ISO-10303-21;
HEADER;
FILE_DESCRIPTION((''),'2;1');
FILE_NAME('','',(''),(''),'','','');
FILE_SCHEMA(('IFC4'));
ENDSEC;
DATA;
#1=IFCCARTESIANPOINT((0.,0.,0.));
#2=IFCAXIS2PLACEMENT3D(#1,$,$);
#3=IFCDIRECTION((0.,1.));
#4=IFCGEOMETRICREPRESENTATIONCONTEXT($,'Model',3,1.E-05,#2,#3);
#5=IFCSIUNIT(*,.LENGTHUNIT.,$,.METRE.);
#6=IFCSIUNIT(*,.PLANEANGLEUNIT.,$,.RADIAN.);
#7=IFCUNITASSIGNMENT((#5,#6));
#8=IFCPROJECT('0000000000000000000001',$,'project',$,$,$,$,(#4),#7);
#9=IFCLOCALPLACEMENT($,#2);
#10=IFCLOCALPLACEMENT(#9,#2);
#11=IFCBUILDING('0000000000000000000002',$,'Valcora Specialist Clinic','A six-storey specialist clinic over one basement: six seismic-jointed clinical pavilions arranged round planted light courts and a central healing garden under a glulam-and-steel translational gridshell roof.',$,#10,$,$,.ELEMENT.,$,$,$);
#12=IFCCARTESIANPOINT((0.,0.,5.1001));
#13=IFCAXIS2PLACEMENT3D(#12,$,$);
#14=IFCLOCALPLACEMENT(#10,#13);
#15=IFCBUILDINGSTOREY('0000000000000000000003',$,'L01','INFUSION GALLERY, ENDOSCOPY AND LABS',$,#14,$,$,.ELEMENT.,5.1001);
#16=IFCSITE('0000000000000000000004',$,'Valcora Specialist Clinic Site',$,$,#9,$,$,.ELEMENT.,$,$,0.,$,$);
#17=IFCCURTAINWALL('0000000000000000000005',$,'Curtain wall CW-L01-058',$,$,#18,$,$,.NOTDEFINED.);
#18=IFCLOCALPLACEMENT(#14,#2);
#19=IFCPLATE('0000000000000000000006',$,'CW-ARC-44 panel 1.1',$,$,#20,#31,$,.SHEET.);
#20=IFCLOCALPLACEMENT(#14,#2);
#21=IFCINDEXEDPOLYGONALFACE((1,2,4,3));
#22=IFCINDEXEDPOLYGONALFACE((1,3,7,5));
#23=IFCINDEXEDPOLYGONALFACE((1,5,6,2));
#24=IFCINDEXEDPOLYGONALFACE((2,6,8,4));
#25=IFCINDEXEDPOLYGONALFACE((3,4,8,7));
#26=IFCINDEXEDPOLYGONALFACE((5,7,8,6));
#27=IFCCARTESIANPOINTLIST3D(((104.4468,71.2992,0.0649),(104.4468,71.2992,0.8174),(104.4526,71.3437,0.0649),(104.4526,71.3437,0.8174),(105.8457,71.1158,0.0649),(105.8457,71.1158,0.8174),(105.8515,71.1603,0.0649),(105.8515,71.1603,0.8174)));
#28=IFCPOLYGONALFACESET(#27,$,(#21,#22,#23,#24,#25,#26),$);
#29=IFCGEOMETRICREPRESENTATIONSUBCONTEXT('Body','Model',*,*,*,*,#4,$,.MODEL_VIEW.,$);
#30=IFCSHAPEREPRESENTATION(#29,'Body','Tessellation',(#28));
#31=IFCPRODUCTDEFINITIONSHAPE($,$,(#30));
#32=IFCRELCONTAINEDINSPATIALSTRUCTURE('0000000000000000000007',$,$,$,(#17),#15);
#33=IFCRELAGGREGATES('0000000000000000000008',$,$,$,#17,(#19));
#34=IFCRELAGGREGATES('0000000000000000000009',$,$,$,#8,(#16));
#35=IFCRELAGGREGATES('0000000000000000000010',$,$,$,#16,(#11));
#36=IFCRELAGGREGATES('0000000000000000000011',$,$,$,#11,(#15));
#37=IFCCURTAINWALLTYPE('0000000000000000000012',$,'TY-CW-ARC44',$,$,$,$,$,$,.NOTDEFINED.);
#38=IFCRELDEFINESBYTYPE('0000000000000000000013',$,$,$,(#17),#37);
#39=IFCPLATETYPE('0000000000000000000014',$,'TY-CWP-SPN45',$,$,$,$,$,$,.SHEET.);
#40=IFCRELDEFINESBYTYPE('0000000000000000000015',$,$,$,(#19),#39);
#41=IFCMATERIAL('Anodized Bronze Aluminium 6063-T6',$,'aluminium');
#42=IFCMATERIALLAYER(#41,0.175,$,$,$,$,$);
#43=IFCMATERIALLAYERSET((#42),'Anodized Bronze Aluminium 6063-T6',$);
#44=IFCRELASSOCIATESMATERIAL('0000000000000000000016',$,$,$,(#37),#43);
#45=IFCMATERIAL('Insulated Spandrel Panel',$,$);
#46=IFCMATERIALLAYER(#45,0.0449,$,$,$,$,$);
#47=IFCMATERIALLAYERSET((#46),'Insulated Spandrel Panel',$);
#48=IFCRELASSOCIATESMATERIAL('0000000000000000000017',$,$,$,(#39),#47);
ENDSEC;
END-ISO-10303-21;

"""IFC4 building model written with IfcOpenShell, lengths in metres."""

from ifc_helpers import new_model, si_unit, direction, frame, origin, origin_2d, place, context, subcontext, project, spatial, rectangle, extrude, material, layer, layer_set, type_object, element, aggregate, save


model = new_model("IFC4")

# Units and contexts
model_context = context("Model", 3, precision=1e-05, world=origin(), true_north=direction((0.0, 1.0)))
body_context = subcontext(model_context, "Body", "Model", "MODEL_VIEW")
ifc_project = project(units=[si_unit("LENGTHUNIT", "METRE"), si_unit("PLANEANGLEUNIT", "RADIAN")], contexts=[model_context])

# Site, building, storey
site_placement = place(None, origin())
site = spatial("IfcSite", under=ifc_project, at=site_placement, Name="Valcora Specialist Clinic Site", CompositionType="ELEMENT", RefElevation=0.0)
building_placement = place(site_placement, origin())
building = spatial("IfcBuilding", under=site, at=building_placement, Name="Valcora Specialist Clinic", Description="A six-storey specialist clinic over one basement: six seismic-jointed clinical pavilions arranged round planted light courts and a central healing garden under a glulam-and-steel translational gridshell roof.", CompositionType="ELEMENT")
storey_placement = place(building_placement, frame((0.0, 0.0, 5.1001)))
storey = spatial("IfcBuildingStorey", under=building, at=storey_placement, Name="L01", Description="INFUSION GALLERY, ENDOSCOPY AND LABS", CompositionType="ELEMENT", Elevation=5.1001)

# Shared definitions
ifc_material_1 = material(Name="Anodized Bronze Aluminium 6063-T6", Category="aluminium")
ifc_layer_1 = layer(ifc_material_1, 0.175)
ifc_layer_set_1 = layer_set([ifc_layer_1], Name="Anodized Bronze Aluminium 6063-T6")
curtain_wall_type = type_object("IfcCurtainWallType", Name="TY-CW-ARC44", PredefinedType="NOTDEFINED", material=ifc_layer_set_1)

# Curtain wall
curtain_wall_1_placement = place(storey_placement, origin())
curtain_wall_1 = element("IfcCurtainWall", 1, at=curtain_wall_1_placement, inside=storey, type_object=curtain_wall_type, Name="Curtain wall CW-L01-058", PredefinedType="NOTDEFINED")

# Plate
ifc_material_2 = material(Name="Insulated Spandrel Panel")
ifc_layer_2 = layer(ifc_material_2, 0.0449)
ifc_layer_set_2 = layer_set([ifc_layer_2], Name="Insulated Spandrel Panel")
plate_type_1 = type_object("IfcPlateType", Name="TY-CWP-SPN45", PredefinedType="SHEET", material=ifc_layer_set_2)
plate_1_placement = place(storey_placement, frame((105.1492, 71.2297, 0.0649), z_axis=(0.0, 0.0, 1.0), x_axis=(-0.991514, 0.129999, 0.0)))
plate_1 = element("IfcPlate", 2, at=plate_1_placement, type_object=plate_type_1, Name="CW-ARC-44 panel 1.1", PredefinedType="SHEET", context=body_context, shape_type="SweptSolid", body=[
    extrude(rectangle(XDim=1.4109, YDim=0.0449, at=origin_2d()), origin(), (0.0, 0.0, 1.0), 0.7524),
])
aggregate(curtain_wall_1, [plate_1])

save(model, "model.ifc")
